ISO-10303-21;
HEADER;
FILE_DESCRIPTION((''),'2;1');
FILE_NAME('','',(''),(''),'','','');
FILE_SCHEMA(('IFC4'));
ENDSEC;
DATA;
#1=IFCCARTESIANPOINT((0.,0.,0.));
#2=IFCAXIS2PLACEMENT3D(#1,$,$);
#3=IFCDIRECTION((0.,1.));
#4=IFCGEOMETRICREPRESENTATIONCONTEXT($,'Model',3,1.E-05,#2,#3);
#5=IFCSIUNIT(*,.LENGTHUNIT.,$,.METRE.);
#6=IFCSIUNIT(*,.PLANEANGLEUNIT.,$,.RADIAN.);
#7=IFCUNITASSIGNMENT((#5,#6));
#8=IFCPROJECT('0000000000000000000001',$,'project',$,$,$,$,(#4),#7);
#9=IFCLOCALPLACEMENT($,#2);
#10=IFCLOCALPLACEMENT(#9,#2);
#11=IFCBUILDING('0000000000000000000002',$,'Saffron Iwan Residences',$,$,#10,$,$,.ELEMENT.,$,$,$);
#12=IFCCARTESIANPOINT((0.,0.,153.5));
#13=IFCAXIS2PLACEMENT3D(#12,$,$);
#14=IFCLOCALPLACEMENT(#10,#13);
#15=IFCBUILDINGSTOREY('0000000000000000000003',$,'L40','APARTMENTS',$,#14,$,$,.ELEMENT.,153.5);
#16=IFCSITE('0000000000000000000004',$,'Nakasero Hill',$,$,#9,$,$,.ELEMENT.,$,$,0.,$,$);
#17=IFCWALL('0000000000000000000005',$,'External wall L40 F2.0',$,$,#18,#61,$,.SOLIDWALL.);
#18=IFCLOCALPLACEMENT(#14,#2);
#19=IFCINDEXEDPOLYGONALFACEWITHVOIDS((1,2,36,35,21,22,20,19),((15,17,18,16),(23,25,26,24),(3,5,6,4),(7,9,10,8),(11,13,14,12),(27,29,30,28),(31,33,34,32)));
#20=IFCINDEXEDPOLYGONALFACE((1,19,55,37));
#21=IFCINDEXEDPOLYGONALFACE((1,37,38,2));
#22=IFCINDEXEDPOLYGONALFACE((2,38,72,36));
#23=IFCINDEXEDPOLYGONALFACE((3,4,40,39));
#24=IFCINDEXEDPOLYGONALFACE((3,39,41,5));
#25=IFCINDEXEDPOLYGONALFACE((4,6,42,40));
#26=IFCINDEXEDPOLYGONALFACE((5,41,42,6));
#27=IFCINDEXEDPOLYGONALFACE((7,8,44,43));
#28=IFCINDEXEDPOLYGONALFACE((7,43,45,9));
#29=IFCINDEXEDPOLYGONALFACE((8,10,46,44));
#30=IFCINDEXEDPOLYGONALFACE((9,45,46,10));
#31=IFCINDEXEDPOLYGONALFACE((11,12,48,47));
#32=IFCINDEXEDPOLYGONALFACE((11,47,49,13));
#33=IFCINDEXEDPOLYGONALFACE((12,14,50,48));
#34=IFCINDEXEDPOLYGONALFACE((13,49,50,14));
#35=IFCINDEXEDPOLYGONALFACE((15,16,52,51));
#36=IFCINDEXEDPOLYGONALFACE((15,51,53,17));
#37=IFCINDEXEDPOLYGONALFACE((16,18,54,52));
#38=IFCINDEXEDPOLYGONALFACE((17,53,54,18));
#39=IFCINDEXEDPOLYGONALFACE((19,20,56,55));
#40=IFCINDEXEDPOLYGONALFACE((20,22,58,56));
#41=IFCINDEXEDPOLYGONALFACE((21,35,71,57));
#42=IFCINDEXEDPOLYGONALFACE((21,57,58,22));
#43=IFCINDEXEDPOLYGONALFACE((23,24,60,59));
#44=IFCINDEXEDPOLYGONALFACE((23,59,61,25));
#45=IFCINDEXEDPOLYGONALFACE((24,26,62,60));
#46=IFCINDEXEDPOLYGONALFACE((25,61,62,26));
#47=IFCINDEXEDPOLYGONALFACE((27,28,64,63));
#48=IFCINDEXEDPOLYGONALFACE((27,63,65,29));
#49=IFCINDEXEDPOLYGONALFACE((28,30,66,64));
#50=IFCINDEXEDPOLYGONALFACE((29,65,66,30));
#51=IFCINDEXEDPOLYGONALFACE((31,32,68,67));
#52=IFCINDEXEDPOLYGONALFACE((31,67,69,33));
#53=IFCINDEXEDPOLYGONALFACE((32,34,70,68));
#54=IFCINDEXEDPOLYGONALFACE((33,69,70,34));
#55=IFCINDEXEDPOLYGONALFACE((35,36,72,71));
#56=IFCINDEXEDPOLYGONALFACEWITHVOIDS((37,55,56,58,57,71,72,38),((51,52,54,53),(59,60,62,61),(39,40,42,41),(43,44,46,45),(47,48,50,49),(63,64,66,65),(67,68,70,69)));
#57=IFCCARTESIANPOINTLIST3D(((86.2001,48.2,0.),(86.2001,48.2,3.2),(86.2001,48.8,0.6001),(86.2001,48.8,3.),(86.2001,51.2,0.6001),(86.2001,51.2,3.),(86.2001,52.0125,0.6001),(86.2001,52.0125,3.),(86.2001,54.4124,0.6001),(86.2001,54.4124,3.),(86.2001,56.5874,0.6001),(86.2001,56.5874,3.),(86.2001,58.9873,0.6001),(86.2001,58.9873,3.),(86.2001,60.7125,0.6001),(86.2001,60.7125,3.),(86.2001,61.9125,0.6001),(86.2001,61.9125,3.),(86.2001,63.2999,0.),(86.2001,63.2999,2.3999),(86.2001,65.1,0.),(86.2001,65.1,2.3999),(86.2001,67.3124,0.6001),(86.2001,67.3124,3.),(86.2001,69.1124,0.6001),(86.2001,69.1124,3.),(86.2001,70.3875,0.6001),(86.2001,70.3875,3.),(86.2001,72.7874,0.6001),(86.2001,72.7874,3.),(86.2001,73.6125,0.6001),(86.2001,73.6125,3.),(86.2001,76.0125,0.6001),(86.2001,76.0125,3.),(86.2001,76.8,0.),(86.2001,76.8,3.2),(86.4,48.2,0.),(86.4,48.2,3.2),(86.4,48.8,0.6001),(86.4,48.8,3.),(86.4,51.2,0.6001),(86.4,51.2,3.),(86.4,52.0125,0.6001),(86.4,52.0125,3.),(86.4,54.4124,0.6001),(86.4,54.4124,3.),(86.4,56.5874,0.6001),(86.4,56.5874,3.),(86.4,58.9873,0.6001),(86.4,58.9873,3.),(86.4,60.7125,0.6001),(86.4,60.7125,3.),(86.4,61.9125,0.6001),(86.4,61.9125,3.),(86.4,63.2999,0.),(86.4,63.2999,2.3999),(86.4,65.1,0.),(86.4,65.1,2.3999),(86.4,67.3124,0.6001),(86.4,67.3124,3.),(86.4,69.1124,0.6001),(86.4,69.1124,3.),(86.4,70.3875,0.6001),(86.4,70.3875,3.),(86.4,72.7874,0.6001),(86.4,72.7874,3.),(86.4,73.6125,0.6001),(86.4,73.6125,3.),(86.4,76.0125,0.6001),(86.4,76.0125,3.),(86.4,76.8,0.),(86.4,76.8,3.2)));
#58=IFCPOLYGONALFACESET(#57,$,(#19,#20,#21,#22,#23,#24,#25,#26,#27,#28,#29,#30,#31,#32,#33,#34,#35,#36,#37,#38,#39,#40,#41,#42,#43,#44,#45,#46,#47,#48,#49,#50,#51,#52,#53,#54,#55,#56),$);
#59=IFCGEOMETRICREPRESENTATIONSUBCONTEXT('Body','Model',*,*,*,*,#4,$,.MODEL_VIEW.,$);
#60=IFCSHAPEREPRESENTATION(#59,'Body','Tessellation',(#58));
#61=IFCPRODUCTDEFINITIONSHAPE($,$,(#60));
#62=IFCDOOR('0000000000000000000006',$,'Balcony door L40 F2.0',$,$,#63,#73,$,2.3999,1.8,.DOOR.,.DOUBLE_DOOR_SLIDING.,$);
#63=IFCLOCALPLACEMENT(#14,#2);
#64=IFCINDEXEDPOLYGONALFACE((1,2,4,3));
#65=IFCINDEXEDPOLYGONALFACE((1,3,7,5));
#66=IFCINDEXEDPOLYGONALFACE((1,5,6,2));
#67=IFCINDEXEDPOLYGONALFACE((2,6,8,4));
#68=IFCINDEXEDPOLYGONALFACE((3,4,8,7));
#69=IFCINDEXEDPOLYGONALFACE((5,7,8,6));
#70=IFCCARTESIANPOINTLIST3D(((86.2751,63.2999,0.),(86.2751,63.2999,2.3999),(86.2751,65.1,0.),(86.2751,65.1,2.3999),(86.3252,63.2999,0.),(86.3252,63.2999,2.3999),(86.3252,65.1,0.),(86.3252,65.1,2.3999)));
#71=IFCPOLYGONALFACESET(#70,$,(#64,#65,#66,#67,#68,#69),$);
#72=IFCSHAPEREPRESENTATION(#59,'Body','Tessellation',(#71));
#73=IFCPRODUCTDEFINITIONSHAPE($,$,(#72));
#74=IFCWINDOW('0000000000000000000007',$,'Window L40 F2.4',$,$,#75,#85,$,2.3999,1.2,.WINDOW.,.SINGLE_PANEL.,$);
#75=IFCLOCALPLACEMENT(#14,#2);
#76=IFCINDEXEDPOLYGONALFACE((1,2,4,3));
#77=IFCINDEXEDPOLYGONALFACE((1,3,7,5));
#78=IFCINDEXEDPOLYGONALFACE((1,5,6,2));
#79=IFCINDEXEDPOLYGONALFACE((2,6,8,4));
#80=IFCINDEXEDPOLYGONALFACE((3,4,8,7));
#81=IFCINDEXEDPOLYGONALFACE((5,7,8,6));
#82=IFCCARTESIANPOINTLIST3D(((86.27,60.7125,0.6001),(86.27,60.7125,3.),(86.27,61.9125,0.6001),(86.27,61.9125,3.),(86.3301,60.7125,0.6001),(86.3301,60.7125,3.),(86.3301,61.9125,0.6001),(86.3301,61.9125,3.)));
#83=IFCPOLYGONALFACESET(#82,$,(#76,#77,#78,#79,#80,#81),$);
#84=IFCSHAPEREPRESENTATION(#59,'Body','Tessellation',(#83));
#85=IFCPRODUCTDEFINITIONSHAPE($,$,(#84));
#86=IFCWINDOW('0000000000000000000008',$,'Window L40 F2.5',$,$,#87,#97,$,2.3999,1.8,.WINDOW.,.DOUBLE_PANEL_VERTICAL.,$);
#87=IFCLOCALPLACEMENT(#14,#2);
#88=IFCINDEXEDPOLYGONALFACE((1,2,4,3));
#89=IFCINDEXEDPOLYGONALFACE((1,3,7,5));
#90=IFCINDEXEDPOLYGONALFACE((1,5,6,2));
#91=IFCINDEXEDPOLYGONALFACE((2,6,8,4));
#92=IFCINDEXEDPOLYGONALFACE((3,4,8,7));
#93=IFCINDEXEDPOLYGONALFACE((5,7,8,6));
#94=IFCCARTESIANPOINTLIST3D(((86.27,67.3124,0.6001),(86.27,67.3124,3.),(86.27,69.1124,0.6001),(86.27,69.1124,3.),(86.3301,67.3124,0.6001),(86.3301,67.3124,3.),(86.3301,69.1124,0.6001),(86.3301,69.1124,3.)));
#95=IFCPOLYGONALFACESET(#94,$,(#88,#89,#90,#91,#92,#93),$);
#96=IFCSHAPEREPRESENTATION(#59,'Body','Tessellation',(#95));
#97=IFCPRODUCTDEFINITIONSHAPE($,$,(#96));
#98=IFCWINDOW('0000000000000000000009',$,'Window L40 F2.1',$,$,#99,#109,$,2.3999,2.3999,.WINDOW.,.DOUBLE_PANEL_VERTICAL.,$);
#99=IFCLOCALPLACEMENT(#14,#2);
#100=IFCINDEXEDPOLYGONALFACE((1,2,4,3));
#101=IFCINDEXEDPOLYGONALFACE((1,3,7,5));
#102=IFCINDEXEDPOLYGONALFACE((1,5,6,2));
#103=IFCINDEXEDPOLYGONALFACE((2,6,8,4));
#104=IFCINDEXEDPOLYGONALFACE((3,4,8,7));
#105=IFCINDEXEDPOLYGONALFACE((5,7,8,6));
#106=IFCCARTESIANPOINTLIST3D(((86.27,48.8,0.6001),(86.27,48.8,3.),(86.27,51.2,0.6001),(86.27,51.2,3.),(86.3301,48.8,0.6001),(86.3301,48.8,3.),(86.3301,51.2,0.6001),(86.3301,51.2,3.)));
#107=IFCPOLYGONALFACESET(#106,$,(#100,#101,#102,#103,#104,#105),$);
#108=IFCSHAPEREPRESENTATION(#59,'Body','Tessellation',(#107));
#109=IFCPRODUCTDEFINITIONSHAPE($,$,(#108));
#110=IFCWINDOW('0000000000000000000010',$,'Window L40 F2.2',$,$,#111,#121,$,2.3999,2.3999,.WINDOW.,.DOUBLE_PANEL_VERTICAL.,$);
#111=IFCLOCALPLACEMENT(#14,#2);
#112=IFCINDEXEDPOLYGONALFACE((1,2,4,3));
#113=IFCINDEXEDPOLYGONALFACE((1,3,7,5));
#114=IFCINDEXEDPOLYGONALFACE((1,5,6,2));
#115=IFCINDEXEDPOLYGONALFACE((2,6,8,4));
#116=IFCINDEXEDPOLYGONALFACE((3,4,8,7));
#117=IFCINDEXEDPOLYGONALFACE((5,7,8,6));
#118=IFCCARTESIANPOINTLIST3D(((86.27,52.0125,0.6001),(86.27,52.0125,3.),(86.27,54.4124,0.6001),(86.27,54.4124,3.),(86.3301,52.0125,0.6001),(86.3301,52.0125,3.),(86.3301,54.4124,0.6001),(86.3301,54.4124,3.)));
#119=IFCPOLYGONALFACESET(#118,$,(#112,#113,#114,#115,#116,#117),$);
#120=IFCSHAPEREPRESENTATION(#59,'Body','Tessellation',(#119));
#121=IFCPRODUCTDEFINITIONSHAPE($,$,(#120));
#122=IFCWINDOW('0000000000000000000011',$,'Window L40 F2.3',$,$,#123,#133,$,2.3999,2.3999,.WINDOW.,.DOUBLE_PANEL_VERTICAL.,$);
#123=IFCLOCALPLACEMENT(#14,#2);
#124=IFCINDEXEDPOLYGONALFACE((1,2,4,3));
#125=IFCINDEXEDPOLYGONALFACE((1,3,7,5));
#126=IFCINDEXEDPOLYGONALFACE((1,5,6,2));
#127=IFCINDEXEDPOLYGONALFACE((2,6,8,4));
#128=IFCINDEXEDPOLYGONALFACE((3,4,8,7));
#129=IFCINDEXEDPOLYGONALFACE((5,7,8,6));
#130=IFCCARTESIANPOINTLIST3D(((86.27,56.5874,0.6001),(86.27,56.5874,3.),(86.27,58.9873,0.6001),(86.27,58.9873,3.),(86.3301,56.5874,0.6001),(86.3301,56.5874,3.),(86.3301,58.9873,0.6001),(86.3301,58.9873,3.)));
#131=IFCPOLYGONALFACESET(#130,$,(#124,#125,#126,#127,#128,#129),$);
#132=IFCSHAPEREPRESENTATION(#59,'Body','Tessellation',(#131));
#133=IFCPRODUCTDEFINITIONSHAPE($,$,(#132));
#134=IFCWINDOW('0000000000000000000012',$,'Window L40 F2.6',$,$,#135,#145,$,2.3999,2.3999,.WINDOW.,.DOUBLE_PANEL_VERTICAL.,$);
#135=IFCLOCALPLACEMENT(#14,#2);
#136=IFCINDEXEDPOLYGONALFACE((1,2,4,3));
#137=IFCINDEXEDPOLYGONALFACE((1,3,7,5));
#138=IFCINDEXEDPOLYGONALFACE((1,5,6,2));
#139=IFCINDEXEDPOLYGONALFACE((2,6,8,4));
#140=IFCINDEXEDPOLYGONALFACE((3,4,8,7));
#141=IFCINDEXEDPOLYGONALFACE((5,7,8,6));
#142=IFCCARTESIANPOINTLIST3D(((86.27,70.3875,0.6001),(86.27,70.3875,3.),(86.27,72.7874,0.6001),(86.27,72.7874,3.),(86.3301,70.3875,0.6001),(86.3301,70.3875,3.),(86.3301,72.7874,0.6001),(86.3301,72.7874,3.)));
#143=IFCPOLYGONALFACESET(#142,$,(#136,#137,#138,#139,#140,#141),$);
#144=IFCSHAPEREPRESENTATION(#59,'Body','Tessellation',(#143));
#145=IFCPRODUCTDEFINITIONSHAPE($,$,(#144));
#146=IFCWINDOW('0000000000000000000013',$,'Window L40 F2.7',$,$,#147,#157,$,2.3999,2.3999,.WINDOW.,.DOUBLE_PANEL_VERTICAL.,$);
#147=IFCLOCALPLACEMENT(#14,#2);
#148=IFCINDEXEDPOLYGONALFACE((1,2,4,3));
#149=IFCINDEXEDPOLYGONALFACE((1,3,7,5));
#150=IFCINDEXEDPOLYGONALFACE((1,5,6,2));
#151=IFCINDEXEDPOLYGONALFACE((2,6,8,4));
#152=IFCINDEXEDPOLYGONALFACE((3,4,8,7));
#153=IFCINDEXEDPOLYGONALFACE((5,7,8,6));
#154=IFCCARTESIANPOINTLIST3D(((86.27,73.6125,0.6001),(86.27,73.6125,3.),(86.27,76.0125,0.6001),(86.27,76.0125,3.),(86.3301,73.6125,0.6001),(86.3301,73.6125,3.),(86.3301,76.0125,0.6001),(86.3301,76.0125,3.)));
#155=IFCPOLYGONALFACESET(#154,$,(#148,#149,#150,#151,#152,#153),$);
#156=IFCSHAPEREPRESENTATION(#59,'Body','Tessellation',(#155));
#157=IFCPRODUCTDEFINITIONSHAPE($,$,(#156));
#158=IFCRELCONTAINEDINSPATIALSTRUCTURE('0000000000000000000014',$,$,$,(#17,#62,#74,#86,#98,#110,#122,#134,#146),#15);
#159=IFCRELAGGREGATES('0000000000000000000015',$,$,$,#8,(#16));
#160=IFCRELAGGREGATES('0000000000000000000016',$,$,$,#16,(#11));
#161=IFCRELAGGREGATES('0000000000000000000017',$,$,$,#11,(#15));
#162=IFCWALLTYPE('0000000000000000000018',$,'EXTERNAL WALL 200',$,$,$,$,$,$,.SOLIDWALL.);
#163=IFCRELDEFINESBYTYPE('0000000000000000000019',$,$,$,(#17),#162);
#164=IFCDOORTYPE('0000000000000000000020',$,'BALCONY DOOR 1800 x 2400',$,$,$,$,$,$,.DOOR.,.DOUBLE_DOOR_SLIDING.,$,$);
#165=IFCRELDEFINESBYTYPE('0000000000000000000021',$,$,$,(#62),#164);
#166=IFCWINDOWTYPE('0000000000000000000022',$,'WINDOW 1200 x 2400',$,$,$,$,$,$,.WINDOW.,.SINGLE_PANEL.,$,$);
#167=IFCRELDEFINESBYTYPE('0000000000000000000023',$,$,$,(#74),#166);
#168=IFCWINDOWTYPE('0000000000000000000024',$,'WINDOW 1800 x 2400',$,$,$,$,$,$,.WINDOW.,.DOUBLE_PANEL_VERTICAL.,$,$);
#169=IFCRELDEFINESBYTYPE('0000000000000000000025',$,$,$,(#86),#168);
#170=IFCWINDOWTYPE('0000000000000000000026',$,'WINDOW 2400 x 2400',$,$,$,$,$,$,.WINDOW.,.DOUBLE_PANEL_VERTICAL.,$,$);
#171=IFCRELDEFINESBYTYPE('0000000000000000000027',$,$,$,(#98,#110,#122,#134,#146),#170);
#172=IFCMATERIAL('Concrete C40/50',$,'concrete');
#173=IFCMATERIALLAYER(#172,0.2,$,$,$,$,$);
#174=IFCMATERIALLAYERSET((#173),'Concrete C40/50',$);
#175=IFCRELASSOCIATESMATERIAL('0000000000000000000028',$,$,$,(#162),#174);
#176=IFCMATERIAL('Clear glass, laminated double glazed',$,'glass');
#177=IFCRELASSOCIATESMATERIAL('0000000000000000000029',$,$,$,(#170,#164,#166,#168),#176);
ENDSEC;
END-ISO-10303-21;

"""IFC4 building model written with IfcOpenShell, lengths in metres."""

from ifc_helpers import new_model, si_unit, direction, frame, frame_2d, origin, place, context, subcontext, project, spatial, rectangle, extrude, material, layer, layer_set, type_object, element, fill, save


model = new_model("IFC4")

# Units and contexts
model_context = context("Model", 3, precision=1e-05, world=origin(), true_north=direction((0.0, 1.0)))
body_context = subcontext(model_context, "Body", "Model", "MODEL_VIEW")
ifc_project = project(units=[si_unit("LENGTHUNIT", "METRE"), si_unit("PLANEANGLEUNIT", "RADIAN")], contexts=[model_context])

# Site, building, storey
site_placement = place(None, origin())
site = spatial("IfcSite", under=ifc_project, at=site_placement, Name="Nakasero Hill", CompositionType="ELEMENT", RefElevation=0.0)
building_placement = place(site_placement, origin())
building = spatial("IfcBuilding", under=site, at=building_placement, Name="Saffron Iwan Residences", CompositionType="ELEMENT")
storey_placement = place(building_placement, frame((0.0, 0.0, 153.5)))
storey = spatial("IfcBuildingStorey", under=building, at=storey_placement, Name="L40", Description="APARTMENTS", CompositionType="ELEMENT", Elevation=153.5)

# Shared definitions
ifc_material_1 = material(Name="Concrete C40/50", Category="concrete")
ifc_layer_1 = layer(ifc_material_1, 0.2)
ifc_layer_set_1 = layer_set([ifc_layer_1], Name="Concrete C40/50")
wall_type_1 = type_object("IfcWallType", Name="EXTERNAL WALL 200", PredefinedType="SOLIDWALL", material=ifc_layer_set_1)
ifc_material_2 = material(Name="Clear glass, laminated double glazed", Category="glass")
window_type_1 = type_object("IfcWindowType", Name="WINDOW 2400 x 2400", PartitioningType="DOUBLE_PANEL_VERTICAL", PredefinedType="WINDOW", material=ifc_material_2)

# Wall, openings, door, windows
wall_1_placement = place(storey_placement, frame((86.3, 48.2, 0.0), z_axis=(0.0, 0.0, 1.0), x_axis=(0.0, 1.0, 0.0)))
wall_1 = element("IfcWall", 1, at=wall_1_placement, inside=storey, type_object=wall_type_1, Name="External wall L40 F2.0", PredefinedType="SOLIDWALL", context=body_context, shape_type="SweptSolid", body=[
    extrude(rectangle(XDim=28.6001, YDim=0.2, at=frame_2d((14.3, 0.0))), origin(), (0.0, 0.0, 1.0), 3.2),
])
opening_1_placement = place(wall_1_placement, frame((15.1001, 0.0, 0.0)))
opening_1 = element("IfcOpeningElement", 2, at=opening_1_placement, cuts=wall_1, PredefinedType="OPENING", context=body_context, shape_type="SweptSolid", body=[
    extrude(rectangle(XDim=1.8, YDim=2.3999, at=frame_2d((0.8999, 1.2))), frame((0.0, 0.1099, 0.0), z_axis=(0.0, -1.0, 0.0), x_axis=(1.0, 0.0, 0.0)), (0.0, 0.0, 1.0), 0.22),
])
opening_2_placement = place(wall_1_placement, frame((0.6001, 0.0, 0.6001)))
opening_2 = element("IfcOpeningElement", 3, at=opening_2_placement, cuts=wall_1, PredefinedType="OPENING", context=body_context, shape_type="SweptSolid", body=[
    extrude(rectangle(XDim=2.3999, YDim=2.3999, at=frame_2d((1.2, 1.2))), frame((0.0, 0.1099, 0.0), z_axis=(0.0, -1.0, 0.0), x_axis=(1.0, 0.0, 0.0)), (0.0, 0.0, 1.0), 0.22),
])
opening_3_placement = place(wall_1_placement, frame((3.8125, 0.0, 0.6001)))
opening_3 = element("IfcOpeningElement", 4, at=opening_3_placement, cuts=wall_1, PredefinedType="OPENING", context=body_context, shape_type="SweptSolid", body=[
    extrude(rectangle(XDim=2.3999, YDim=2.3999, at=frame_2d((1.2, 1.2))), frame((0.0, 0.1099, 0.0), z_axis=(0.0, -1.0, 0.0), x_axis=(1.0, 0.0, 0.0)), (0.0, 0.0, 1.0), 0.22),
])
opening_4_placement = place(wall_1_placement, frame((8.3875, 0.0, 0.6001)))
opening_4 = element("IfcOpeningElement", 5, at=opening_4_placement, cuts=wall_1, PredefinedType="OPENING", context=body_context, shape_type="SweptSolid", body=[
    extrude(rectangle(XDim=2.3999, YDim=2.3999, at=frame_2d((1.2, 1.2))), frame((0.0, 0.1099, 0.0), z_axis=(0.0, -1.0, 0.0), x_axis=(1.0, 0.0, 0.0)), (0.0, 0.0, 1.0), 0.22),
])
opening_5_placement = place(wall_1_placement, frame((12.5125, 0.0, 0.6001)))
opening_5 = element("IfcOpeningElement", 6, at=opening_5_placement, cuts=wall_1, PredefinedType="OPENING", context=body_context, shape_type="SweptSolid", body=[
    extrude(rectangle(XDim=1.2, YDim=2.3999, at=frame_2d((0.6001, 1.2))), frame((0.0, 0.1099, 0.0), z_axis=(0.0, -1.0, 0.0), x_axis=(1.0, 0.0, 0.0)), (0.0, 0.0, 1.0), 0.22),
])
opening_6_placement = place(wall_1_placement, frame((19.1125, 0.0, 0.6001)))
opening_6 = element("IfcOpeningElement", 7, at=opening_6_placement, cuts=wall_1, PredefinedType="OPENING", context=body_context, shape_type="SweptSolid", body=[
    extrude(rectangle(XDim=1.8, YDim=2.3999, at=frame_2d((0.8999, 1.2))), frame((0.0, 0.1099, 0.0), z_axis=(0.0, -1.0, 0.0), x_axis=(1.0, 0.0, 0.0)), (0.0, 0.0, 1.0), 0.22),
])
opening_7_placement = place(wall_1_placement, frame((22.1875, 0.0, 0.6001)))
opening_7 = element("IfcOpeningElement", 8, at=opening_7_placement, cuts=wall_1, PredefinedType="OPENING", context=body_context, shape_type="SweptSolid", body=[
    extrude(rectangle(XDim=2.3999, YDim=2.3999, at=frame_2d((1.2, 1.2))), frame((0.0, 0.1099, 0.0), z_axis=(0.0, -1.0, 0.0), x_axis=(1.0, 0.0, 0.0)), (0.0, 0.0, 1.0), 0.22),
])
opening_8_placement = place(wall_1_placement, frame((25.4126, 0.0, 0.6001)))
opening_8 = element("IfcOpeningElement", 9, at=opening_8_placement, cuts=wall_1, PredefinedType="OPENING", context=body_context, shape_type="SweptSolid", body=[
    extrude(rectangle(XDim=2.3999, YDim=2.3999, at=frame_2d((1.2, 1.2))), frame((0.0, 0.1099, 0.0), z_axis=(0.0, -1.0, 0.0), x_axis=(1.0, 0.0, 0.0)), (0.0, 0.0, 1.0), 0.22),
])
door_type_1 = type_object("IfcDoorType", Name="BALCONY DOOR 1800 x 2400", OperationType="DOUBLE_DOOR_SLIDING", PredefinedType="DOOR", material=ifc_material_2)
door_1_placement = place(opening_1_placement, origin())
door_1 = element("IfcDoor", 10, at=door_1_placement, inside=storey, type_object=door_type_1, Name="Balcony door L40 F2.0", OperationType="DOUBLE_DOOR_SLIDING", OverallHeight=2.3999, OverallWidth=1.8, PredefinedType="DOOR", context=body_context, shape_type="SweptSolid", body=[
    extrude(rectangle(XDim=1.8, YDim=2.3999, at=frame_2d((0.8999, 1.2))), frame((0.0, 0.0249, 0.0), z_axis=(0.0, -1.0, 0.0), x_axis=(1.0, 0.0, 0.0)), (0.0, 0.0, 1.0), 0.05),
])
fill(opening_1, door_1)
window_type_2 = type_object("IfcWindowType", Name="WINDOW 1200 x 2400", PartitioningType="SINGLE_PANEL", PredefinedType="WINDOW", material=ifc_material_2)
window_1_placement = place(opening_5_placement, origin())
window_1 = element("IfcWindow", 11, at=window_1_placement, inside=storey, type_object=window_type_2, Name="Window L40 F2.4", OverallHeight=2.3999, OverallWidth=1.2, PartitioningType="SINGLE_PANEL", PredefinedType="WINDOW", context=body_context, shape_type="SweptSolid", body=[
    extrude(rectangle(XDim=1.2, YDim=2.3999, at=frame_2d((0.6001, 1.2))), frame((0.0, 0.03, 0.0), z_axis=(0.0, -1.0, 0.0), x_axis=(1.0, 0.0, 0.0)), (0.0, 0.0, 1.0), 0.0601),
])
fill(opening_5, window_1)
window_type_3 = type_object("IfcWindowType", Name="WINDOW 1800 x 2400", PartitioningType="DOUBLE_PANEL_VERTICAL", PredefinedType="WINDOW", material=ifc_material_2)
window_2_placement = place(opening_6_placement, origin())
window_2 = element("IfcWindow", 12, at=window_2_placement, inside=storey, type_object=window_type_3, Name="Window L40 F2.5", OverallHeight=2.3999, OverallWidth=1.8, PartitioningType="DOUBLE_PANEL_VERTICAL", PredefinedType="WINDOW", context=body_context, shape_type="SweptSolid", body=[
    extrude(rectangle(XDim=1.8, YDim=2.3999, at=frame_2d((0.8999, 1.2))), frame((0.0, 0.03, 0.0), z_axis=(0.0, -1.0, 0.0), x_axis=(1.0, 0.0, 0.0)), (0.0, 0.0, 1.0), 0.0601),
])
fill(opening_6, window_2)
window_3_placement = place(opening_2_placement, origin())
window_3 = element("IfcWindow", 13, at=window_3_placement, inside=storey, type_object=window_type_1, Name="Window L40 F2.1", OverallHeight=2.3999, OverallWidth=2.3999, PartitioningType="DOUBLE_PANEL_VERTICAL", PredefinedType="WINDOW", context=body_context, shape_type="SweptSolid", body=[
    extrude(rectangle(XDim=2.3999, YDim=2.3999, at=frame_2d((1.2, 1.2))), frame((0.0, 0.03, 0.0), z_axis=(0.0, -1.0, 0.0), x_axis=(1.0, 0.0, 0.0)), (0.0, 0.0, 1.0), 0.0601),
])
fill(opening_2, window_3)
window_4_placement = place(opening_3_placement, origin())
window_4 = element("IfcWindow", 14, at=window_4_placement, inside=storey, type_object=window_type_1, Name="Window L40 F2.2", OverallHeight=2.3999, OverallWidth=2.3999, PartitioningType="DOUBLE_PANEL_VERTICAL", PredefinedType="WINDOW", context=body_context, shape_type="SweptSolid", body=[
    extrude(rectangle(XDim=2.3999, YDim=2.3999, at=frame_2d((1.2, 1.2))), frame((0.0, 0.03, 0.0), z_axis=(0.0, -1.0, 0.0), x_axis=(1.0, 0.0, 0.0)), (0.0, 0.0, 1.0), 0.0601),
])
fill(opening_3, window_4)
window_5_placement = place(opening_4_placement, origin())
window_5 = element("IfcWindow", 15, at=window_5_placement, inside=storey, type_object=window_type_1, Name="Window L40 F2.3", OverallHeight=2.3999, OverallWidth=2.3999, PartitioningType="DOUBLE_PANEL_VERTICAL", PredefinedType="WINDOW", context=body_context, shape_type="SweptSolid", body=[
    extrude(rectangle(XDim=2.3999, YDim=2.3999, at=frame_2d((1.2, 1.2))), frame((0.0, 0.03, 0.0), z_axis=(0.0, -1.0, 0.0), x_axis=(1.0, 0.0, 0.0)), (0.0, 0.0, 1.0), 0.0601),
])
fill(opening_4, window_5)
window_6_placement = place(opening_7_placement, origin())
window_6 = element("IfcWindow", 16, at=window_6_placement, inside=storey, type_object=window_type_1, Name="Window L40 F2.6", OverallHeight=2.3999, OverallWidth=2.3999, PartitioningType="DOUBLE_PANEL_VERTICAL", PredefinedType="WINDOW", context=body_context, shape_type="SweptSolid", body=[
    extrude(rectangle(XDim=2.3999, YDim=2.3999, at=frame_2d((1.2, 1.2))), frame((0.0, 0.03, 0.0), z_axis=(0.0, -1.0, 0.0), x_axis=(1.0, 0.0, 0.0)), (0.0, 0.0, 1.0), 0.0601),
])
fill(opening_7, window_6)
window_7_placement = place(opening_8_placement, origin())
window_7 = element("IfcWindow", 17, at=window_7_placement, inside=storey, type_object=window_type_1, Name="Window L40 F2.7", OverallHeight=2.3999, OverallWidth=2.3999, PartitioningType="DOUBLE_PANEL_VERTICAL", PredefinedType="WINDOW", context=body_context, shape_type="SweptSolid", body=[
    extrude(rectangle(XDim=2.3999, YDim=2.3999, at=frame_2d((1.2, 1.2))), frame((0.0, 0.03, 0.0), z_axis=(0.0, -1.0, 0.0), x_axis=(1.0, 0.0, 0.0)), (0.0, 0.0, 1.0), 0.0601),
])
fill(opening_8, window_7)

save(model, "model.ifc")
